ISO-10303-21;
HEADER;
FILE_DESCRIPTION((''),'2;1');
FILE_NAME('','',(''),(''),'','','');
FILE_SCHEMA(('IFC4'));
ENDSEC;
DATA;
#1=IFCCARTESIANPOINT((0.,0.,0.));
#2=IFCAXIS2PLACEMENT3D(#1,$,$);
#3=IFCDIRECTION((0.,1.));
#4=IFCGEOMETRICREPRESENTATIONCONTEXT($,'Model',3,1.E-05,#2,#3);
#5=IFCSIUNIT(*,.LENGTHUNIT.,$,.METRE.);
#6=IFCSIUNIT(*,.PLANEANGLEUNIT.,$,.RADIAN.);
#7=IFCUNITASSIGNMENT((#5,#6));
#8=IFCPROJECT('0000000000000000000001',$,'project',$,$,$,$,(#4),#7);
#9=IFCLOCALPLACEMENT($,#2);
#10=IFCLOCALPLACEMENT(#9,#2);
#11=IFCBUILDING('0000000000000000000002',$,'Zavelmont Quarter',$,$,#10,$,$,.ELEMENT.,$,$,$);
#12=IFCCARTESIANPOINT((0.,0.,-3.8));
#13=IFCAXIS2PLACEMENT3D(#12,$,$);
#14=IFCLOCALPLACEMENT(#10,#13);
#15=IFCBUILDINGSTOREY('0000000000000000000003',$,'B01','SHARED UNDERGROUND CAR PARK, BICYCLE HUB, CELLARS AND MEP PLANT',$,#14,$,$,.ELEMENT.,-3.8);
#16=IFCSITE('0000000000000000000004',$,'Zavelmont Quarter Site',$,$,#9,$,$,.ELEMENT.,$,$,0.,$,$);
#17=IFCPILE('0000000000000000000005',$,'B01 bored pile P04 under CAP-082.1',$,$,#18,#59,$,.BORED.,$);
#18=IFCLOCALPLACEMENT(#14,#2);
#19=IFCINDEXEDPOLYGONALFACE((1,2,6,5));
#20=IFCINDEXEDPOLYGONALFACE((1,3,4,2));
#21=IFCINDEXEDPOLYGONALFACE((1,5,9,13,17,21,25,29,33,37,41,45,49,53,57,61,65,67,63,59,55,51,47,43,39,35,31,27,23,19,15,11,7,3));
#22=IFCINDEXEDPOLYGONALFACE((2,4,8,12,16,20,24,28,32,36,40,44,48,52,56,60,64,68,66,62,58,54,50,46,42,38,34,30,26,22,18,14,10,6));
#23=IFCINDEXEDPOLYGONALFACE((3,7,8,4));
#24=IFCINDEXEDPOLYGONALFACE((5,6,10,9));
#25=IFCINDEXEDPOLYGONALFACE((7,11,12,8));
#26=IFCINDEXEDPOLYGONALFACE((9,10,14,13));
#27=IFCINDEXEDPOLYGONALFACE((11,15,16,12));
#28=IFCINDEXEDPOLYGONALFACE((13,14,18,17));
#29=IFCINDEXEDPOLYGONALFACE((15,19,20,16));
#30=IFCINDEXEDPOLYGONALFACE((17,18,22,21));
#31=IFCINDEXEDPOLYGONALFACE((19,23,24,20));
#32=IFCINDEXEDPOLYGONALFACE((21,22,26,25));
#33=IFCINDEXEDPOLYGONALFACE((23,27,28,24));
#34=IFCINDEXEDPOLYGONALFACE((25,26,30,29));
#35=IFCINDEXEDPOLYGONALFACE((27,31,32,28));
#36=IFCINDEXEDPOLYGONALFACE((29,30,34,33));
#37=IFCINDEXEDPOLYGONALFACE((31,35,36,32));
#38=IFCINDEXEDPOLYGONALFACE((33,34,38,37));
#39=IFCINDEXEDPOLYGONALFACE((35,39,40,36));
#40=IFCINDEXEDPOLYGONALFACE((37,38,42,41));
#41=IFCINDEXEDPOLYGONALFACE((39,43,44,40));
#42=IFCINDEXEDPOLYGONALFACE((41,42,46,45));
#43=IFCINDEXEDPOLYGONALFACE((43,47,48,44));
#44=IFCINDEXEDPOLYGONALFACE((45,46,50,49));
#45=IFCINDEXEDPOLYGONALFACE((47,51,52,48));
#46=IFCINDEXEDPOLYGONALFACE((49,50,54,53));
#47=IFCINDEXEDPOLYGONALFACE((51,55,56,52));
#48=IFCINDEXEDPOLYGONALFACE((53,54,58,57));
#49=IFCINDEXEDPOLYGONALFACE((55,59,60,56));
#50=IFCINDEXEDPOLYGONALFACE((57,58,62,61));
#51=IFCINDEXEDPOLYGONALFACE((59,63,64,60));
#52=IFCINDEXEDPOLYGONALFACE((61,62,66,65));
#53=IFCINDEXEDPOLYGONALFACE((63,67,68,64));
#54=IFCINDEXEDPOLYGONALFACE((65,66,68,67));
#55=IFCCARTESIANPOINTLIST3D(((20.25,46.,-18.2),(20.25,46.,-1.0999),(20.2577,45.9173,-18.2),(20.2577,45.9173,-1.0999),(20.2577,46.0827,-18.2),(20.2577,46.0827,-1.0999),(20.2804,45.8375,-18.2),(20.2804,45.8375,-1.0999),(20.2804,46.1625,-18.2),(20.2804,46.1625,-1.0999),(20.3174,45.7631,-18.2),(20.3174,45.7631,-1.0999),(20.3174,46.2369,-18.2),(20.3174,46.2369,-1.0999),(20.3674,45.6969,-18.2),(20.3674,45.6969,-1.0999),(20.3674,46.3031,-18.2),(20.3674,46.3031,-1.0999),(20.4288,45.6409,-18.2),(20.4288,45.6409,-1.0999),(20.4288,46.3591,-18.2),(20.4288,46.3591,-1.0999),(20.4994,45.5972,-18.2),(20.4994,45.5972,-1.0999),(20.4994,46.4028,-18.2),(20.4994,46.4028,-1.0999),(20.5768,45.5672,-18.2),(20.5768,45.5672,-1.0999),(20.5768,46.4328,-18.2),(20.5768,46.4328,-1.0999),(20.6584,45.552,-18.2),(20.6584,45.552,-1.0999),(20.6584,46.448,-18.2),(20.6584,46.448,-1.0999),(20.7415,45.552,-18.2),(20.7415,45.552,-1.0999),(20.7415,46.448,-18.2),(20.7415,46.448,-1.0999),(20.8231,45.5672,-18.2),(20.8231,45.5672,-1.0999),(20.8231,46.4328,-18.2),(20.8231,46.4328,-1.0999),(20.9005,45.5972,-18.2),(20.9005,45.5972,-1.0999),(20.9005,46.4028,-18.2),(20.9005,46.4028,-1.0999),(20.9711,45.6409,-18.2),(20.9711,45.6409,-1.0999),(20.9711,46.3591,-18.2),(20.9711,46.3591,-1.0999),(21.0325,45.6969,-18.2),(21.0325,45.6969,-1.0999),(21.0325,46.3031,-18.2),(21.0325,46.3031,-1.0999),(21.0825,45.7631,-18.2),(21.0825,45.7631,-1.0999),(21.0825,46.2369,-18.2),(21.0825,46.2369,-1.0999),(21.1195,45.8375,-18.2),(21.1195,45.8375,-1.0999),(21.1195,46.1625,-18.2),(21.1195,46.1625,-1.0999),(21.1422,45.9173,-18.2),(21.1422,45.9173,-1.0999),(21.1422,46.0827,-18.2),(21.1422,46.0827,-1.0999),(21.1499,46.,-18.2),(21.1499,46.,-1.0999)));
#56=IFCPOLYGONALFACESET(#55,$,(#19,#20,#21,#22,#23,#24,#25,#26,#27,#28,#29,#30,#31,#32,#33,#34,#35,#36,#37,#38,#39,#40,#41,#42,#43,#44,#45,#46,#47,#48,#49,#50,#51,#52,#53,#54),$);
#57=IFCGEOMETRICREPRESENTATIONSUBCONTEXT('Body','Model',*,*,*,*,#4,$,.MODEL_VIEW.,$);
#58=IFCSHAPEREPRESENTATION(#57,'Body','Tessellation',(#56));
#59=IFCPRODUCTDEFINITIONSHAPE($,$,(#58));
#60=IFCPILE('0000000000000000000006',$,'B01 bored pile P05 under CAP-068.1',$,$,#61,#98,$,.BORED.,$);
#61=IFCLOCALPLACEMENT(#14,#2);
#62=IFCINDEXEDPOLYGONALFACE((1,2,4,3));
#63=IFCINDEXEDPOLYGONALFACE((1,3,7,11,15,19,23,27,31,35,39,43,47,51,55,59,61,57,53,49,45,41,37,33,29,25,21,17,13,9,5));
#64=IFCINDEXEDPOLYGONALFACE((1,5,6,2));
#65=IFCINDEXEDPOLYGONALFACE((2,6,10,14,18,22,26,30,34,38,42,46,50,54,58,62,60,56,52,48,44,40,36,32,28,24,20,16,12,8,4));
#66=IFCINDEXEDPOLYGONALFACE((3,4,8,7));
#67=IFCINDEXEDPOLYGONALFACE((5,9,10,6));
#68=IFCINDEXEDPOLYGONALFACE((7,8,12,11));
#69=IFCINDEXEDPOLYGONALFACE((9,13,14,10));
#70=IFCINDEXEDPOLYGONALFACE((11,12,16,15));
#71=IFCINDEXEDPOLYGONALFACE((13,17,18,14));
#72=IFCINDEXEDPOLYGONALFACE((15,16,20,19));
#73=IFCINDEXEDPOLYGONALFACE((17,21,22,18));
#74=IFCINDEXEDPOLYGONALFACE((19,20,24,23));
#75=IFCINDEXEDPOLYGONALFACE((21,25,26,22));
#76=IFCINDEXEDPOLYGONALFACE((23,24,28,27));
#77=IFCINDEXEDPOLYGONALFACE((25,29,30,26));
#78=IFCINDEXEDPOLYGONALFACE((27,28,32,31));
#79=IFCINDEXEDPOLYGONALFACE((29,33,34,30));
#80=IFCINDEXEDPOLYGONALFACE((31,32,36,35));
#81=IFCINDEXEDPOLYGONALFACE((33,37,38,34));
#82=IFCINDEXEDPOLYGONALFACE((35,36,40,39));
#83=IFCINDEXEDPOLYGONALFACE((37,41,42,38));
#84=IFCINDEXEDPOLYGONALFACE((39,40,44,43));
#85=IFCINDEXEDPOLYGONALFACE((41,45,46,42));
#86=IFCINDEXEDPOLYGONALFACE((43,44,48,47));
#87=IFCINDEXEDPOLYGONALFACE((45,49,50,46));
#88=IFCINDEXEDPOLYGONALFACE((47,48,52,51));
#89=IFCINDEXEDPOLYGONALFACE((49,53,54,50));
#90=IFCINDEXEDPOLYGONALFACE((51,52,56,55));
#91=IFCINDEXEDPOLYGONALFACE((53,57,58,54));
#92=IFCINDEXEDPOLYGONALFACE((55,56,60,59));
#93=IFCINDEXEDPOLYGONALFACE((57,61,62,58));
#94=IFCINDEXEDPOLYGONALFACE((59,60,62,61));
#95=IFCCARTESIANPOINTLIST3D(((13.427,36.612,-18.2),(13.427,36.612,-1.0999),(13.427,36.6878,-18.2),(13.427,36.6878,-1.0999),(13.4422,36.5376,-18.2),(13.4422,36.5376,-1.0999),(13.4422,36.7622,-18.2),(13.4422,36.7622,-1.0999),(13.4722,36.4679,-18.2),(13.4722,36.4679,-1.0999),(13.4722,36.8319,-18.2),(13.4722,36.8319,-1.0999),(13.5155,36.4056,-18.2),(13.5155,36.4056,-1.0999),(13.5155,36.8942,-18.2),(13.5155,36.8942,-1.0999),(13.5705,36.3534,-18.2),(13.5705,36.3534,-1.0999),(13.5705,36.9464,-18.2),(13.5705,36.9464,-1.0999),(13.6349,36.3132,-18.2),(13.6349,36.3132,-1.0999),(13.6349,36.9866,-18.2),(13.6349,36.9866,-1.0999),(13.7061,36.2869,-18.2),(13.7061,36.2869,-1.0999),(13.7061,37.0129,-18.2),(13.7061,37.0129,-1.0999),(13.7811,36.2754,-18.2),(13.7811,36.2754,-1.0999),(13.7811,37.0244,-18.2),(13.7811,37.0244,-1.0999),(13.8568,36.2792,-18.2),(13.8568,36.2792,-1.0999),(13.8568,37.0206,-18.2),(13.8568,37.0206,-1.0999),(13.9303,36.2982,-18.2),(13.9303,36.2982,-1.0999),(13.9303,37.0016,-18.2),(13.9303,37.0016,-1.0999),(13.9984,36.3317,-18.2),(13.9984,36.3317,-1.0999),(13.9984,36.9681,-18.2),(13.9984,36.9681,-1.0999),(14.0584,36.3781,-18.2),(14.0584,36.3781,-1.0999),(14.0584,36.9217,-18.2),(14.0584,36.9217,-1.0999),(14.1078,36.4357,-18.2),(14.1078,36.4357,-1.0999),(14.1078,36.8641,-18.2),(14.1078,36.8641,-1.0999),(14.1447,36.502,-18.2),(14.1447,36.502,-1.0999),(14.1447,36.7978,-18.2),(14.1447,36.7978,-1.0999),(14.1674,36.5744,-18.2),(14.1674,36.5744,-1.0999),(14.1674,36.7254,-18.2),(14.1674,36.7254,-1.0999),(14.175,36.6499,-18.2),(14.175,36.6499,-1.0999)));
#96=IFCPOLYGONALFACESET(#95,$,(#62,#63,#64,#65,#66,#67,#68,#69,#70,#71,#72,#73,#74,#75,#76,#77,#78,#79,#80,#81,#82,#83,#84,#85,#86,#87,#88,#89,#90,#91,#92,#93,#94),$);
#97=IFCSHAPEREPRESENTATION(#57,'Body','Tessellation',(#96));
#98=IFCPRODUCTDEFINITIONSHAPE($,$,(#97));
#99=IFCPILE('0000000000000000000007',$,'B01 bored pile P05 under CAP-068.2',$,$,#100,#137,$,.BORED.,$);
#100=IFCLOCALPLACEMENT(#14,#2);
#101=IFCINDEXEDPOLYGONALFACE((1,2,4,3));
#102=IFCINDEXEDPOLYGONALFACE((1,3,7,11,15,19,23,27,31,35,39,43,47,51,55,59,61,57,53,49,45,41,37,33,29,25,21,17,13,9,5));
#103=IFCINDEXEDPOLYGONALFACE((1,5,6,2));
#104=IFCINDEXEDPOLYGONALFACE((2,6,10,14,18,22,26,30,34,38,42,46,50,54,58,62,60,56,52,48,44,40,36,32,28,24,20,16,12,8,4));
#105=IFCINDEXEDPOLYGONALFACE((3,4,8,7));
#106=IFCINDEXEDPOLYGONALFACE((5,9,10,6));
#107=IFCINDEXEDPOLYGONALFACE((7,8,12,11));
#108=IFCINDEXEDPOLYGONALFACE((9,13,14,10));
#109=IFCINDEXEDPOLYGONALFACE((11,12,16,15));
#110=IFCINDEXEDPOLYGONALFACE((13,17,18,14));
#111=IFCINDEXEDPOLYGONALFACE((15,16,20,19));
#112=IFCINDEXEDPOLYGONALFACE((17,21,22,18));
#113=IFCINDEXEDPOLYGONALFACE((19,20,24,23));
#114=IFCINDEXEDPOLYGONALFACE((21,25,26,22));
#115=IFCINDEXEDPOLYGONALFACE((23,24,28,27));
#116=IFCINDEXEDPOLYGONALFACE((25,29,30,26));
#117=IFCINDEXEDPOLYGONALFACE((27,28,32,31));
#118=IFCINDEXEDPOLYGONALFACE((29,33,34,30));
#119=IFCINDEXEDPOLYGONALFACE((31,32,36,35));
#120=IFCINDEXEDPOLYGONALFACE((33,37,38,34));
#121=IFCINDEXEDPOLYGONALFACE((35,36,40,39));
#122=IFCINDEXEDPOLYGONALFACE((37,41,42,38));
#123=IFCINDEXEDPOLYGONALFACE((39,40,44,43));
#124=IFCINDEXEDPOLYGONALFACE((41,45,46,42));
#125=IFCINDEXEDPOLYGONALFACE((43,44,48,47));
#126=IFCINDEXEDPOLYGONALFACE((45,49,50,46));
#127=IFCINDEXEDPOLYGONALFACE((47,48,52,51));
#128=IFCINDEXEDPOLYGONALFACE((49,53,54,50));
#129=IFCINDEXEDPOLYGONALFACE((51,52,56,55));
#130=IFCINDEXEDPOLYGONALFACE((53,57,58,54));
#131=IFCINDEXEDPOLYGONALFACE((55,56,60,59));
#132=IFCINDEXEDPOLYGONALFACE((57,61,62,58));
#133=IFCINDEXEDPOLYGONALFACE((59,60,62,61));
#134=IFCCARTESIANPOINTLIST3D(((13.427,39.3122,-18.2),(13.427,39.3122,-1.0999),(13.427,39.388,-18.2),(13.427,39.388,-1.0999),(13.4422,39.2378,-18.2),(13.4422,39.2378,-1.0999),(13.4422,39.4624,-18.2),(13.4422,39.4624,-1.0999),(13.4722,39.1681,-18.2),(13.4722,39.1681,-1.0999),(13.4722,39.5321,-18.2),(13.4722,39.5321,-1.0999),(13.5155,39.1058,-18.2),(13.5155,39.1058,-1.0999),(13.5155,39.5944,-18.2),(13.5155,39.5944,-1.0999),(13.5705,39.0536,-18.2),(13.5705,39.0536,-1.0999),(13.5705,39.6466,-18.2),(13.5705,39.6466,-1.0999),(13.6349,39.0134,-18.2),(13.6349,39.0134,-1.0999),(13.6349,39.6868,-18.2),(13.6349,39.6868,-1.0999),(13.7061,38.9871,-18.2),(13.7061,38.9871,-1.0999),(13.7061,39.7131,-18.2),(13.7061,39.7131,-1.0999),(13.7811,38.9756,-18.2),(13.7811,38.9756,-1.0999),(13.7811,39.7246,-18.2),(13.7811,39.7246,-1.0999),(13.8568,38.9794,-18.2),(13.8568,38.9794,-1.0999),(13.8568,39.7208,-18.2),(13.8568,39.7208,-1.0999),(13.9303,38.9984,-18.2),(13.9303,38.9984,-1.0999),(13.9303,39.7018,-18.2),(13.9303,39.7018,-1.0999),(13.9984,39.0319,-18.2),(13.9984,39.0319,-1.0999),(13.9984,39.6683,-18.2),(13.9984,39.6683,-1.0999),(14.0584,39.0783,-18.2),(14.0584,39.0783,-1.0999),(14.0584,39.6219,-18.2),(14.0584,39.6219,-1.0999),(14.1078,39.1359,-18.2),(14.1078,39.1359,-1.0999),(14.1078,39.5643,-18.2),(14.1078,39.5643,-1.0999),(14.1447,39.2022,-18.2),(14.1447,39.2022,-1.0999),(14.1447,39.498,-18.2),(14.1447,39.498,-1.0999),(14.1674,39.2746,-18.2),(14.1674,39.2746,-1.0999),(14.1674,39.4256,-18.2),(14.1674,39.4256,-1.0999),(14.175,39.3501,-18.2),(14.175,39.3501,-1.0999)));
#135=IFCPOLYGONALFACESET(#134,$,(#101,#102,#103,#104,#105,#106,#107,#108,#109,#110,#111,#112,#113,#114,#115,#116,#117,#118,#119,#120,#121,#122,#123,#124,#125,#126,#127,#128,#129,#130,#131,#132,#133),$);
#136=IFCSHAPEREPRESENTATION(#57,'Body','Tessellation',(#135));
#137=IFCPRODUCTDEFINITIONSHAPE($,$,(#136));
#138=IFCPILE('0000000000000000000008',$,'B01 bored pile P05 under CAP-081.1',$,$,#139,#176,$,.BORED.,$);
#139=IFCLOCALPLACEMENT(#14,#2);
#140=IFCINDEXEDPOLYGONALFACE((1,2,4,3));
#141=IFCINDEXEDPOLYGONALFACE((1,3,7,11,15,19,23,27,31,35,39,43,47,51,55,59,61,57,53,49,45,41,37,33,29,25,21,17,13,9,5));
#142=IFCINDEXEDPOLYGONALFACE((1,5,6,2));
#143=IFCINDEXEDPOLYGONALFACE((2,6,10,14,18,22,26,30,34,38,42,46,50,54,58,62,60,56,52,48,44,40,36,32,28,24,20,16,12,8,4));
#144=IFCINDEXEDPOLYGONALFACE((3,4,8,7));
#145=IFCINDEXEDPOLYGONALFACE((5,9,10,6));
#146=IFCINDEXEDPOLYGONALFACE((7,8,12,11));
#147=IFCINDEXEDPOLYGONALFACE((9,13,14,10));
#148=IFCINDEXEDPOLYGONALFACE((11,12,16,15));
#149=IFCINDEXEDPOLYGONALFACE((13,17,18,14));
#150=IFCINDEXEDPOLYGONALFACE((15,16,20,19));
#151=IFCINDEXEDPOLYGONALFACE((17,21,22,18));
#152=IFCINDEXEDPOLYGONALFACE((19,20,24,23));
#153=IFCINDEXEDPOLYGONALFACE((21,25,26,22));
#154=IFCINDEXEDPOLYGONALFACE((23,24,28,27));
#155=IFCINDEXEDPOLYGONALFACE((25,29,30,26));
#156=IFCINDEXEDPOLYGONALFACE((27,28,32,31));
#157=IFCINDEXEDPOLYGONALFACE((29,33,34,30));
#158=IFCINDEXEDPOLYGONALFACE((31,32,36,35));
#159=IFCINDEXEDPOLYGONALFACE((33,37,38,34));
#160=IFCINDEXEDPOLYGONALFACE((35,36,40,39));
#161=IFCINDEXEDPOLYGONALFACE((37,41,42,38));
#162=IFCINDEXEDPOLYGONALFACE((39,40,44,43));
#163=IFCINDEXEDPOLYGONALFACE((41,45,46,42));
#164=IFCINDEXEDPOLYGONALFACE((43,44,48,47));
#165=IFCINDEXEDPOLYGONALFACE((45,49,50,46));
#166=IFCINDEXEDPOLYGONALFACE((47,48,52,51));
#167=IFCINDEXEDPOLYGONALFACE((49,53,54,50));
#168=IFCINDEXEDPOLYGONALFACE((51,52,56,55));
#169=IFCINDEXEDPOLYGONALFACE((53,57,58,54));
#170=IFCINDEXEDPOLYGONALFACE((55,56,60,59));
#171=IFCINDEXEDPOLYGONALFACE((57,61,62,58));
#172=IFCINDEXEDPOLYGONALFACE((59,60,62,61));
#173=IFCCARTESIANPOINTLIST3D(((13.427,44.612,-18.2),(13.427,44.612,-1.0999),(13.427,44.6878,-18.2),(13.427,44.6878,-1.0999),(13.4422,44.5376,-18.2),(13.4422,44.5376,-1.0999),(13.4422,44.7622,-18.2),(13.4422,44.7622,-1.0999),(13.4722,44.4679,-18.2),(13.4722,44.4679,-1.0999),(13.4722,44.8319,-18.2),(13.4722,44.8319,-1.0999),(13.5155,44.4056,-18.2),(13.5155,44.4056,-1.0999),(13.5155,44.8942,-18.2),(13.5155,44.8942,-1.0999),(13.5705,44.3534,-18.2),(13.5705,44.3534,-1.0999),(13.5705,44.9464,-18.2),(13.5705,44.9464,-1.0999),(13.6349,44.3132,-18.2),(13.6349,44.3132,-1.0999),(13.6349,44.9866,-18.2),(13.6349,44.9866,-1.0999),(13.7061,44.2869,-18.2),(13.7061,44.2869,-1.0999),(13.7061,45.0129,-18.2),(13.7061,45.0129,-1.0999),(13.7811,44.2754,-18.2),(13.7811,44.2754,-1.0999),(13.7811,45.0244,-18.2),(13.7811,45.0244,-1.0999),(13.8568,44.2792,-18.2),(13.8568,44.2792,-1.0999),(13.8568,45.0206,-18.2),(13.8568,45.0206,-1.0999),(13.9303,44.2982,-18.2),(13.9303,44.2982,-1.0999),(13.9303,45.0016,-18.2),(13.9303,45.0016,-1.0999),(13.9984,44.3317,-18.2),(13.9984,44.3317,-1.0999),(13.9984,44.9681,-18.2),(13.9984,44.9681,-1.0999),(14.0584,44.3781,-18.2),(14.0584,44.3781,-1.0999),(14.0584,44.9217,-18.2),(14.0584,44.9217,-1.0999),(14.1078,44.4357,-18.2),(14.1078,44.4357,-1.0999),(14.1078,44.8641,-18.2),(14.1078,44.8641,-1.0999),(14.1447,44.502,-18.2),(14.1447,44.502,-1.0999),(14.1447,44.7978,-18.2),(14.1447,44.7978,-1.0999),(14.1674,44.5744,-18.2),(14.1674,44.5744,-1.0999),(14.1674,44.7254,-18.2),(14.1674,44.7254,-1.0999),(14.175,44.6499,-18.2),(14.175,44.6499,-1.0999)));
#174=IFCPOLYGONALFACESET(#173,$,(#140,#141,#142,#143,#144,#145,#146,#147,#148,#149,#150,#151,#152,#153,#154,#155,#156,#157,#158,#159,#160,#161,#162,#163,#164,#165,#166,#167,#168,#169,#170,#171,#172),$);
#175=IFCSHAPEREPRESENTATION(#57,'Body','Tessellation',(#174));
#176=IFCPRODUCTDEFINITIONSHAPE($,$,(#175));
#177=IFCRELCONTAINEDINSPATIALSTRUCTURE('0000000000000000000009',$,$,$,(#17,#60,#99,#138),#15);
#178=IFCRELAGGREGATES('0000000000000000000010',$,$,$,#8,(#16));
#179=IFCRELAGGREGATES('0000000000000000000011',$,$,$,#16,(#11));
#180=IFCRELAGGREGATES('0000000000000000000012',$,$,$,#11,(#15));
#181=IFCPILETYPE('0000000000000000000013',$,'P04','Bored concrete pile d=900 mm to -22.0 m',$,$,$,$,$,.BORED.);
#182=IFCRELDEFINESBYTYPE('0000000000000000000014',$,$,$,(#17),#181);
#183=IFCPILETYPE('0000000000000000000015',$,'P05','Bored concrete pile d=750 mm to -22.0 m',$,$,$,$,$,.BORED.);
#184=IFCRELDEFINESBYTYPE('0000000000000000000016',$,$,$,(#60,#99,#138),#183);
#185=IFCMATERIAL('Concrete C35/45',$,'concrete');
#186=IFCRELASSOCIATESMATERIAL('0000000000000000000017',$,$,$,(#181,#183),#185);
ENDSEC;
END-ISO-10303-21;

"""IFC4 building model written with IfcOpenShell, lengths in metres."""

from ifc_helpers import new_model, si_unit, direction, frame, origin, origin_2d, place, context, subcontext, project, spatial, circle, extrude, material, material_profile, profile_set, type_object, element, save


model = new_model("IFC4")

# Units and contexts
model_context = context("Model", 3, precision=1e-05, world=origin(), true_north=direction((0.0, 1.0)))
body_context = subcontext(model_context, "Body", "Model", "MODEL_VIEW")
ifc_project = project(units=[si_unit("LENGTHUNIT", "METRE"), si_unit("PLANEANGLEUNIT", "RADIAN")], contexts=[model_context])

# Site, building, storey
site_placement = place(None, origin())
site = spatial("IfcSite", under=ifc_project, at=site_placement, Name="Zavelmont Quarter Site", CompositionType="ELEMENT", RefElevation=0.0)
building_placement = place(site_placement, origin())
building = spatial("IfcBuilding", under=site, at=building_placement, Name="Zavelmont Quarter", CompositionType="ELEMENT")
storey_placement = place(building_placement, frame((0.0, 0.0, -3.8)))
storey = spatial("IfcBuildingStorey", under=building, at=storey_placement, Name="B01", Description="SHARED UNDERGROUND CAR PARK, BICYCLE HUB, CELLARS AND MEP PLANT", CompositionType="ELEMENT", Elevation=-3.8)

# Shared definitions
ifc_material_1 = material(Name="Concrete C35/45", Category="concrete")

# Piles
ifc_material_profile_1 = material_profile(ifc_material_1, circle(Radius=0.45, at=origin_2d()), Name="BP900")
ifc_profile_set_1 = profile_set([ifc_material_profile_1], Name="Concrete C35/45")
pile_type_1 = type_object("IfcPileType", Name="P04", Description="Bored concrete pile d=900 mm to -22.0 m", PredefinedType="BORED", material=ifc_profile_set_1)
for number, where, z_axis, x_axis, name in (
    (1, (20.7, 46.0, -1.0999), (0.0, 0.0, -1.0), (1.0, 0.0, 0.0), "B01 bored pile P04 under CAP-082.1"),
):
    element("IfcPile", number, at=place(storey_placement, frame(where, z_axis=z_axis, x_axis=x_axis)), inside=storey, type_object=pile_type_1, Name=name, PredefinedType="BORED", context=body_context, shape_type="SweptSolid", body=[
        extrude(circle(Radius=0.45, at=origin_2d()), origin(), (0.0, 0.0, 1.0), 17.1001),
    ])
ifc_material_profile_2 = material_profile(ifc_material_1, circle(Radius=0.375, at=origin_2d()), Name="BP750")
ifc_profile_set_2 = profile_set([ifc_material_profile_2], Name="Concrete C35/45")
pile_type_2 = type_object("IfcPileType", Name="P05", Description="Bored concrete pile d=750 mm to -22.0 m", PredefinedType="BORED", material=ifc_profile_set_2)
for number, where, z_axis, x_axis, name in (
    (2, (13.8, 36.6499, -1.0999), (0.0, 0.0, -1.0), (1.0, 0.0, 0.0), "B01 bored pile P05 under CAP-068.1"),
    (3, (13.8, 39.3501, -1.0999), (0.0, 0.0, -1.0), (1.0, 0.0, 0.0), "B01 bored pile P05 under CAP-068.2"),
    (4, (13.8, 44.6499, -1.0999), (0.0, 0.0, -1.0), (1.0, 0.0, 0.0), "B01 bored pile P05 under CAP-081.1"),
):
    element("IfcPile", number, at=place(storey_placement, frame(where, z_axis=z_axis, x_axis=x_axis)), inside=storey, type_object=pile_type_2, Name=name, PredefinedType="BORED", context=body_context, shape_type="SweptSolid", body=[
        extrude(circle(Radius=0.375, at=origin_2d()), origin(), (0.0, 0.0, 1.0), 17.1001),
    ])

save(model, "model.ifc")
